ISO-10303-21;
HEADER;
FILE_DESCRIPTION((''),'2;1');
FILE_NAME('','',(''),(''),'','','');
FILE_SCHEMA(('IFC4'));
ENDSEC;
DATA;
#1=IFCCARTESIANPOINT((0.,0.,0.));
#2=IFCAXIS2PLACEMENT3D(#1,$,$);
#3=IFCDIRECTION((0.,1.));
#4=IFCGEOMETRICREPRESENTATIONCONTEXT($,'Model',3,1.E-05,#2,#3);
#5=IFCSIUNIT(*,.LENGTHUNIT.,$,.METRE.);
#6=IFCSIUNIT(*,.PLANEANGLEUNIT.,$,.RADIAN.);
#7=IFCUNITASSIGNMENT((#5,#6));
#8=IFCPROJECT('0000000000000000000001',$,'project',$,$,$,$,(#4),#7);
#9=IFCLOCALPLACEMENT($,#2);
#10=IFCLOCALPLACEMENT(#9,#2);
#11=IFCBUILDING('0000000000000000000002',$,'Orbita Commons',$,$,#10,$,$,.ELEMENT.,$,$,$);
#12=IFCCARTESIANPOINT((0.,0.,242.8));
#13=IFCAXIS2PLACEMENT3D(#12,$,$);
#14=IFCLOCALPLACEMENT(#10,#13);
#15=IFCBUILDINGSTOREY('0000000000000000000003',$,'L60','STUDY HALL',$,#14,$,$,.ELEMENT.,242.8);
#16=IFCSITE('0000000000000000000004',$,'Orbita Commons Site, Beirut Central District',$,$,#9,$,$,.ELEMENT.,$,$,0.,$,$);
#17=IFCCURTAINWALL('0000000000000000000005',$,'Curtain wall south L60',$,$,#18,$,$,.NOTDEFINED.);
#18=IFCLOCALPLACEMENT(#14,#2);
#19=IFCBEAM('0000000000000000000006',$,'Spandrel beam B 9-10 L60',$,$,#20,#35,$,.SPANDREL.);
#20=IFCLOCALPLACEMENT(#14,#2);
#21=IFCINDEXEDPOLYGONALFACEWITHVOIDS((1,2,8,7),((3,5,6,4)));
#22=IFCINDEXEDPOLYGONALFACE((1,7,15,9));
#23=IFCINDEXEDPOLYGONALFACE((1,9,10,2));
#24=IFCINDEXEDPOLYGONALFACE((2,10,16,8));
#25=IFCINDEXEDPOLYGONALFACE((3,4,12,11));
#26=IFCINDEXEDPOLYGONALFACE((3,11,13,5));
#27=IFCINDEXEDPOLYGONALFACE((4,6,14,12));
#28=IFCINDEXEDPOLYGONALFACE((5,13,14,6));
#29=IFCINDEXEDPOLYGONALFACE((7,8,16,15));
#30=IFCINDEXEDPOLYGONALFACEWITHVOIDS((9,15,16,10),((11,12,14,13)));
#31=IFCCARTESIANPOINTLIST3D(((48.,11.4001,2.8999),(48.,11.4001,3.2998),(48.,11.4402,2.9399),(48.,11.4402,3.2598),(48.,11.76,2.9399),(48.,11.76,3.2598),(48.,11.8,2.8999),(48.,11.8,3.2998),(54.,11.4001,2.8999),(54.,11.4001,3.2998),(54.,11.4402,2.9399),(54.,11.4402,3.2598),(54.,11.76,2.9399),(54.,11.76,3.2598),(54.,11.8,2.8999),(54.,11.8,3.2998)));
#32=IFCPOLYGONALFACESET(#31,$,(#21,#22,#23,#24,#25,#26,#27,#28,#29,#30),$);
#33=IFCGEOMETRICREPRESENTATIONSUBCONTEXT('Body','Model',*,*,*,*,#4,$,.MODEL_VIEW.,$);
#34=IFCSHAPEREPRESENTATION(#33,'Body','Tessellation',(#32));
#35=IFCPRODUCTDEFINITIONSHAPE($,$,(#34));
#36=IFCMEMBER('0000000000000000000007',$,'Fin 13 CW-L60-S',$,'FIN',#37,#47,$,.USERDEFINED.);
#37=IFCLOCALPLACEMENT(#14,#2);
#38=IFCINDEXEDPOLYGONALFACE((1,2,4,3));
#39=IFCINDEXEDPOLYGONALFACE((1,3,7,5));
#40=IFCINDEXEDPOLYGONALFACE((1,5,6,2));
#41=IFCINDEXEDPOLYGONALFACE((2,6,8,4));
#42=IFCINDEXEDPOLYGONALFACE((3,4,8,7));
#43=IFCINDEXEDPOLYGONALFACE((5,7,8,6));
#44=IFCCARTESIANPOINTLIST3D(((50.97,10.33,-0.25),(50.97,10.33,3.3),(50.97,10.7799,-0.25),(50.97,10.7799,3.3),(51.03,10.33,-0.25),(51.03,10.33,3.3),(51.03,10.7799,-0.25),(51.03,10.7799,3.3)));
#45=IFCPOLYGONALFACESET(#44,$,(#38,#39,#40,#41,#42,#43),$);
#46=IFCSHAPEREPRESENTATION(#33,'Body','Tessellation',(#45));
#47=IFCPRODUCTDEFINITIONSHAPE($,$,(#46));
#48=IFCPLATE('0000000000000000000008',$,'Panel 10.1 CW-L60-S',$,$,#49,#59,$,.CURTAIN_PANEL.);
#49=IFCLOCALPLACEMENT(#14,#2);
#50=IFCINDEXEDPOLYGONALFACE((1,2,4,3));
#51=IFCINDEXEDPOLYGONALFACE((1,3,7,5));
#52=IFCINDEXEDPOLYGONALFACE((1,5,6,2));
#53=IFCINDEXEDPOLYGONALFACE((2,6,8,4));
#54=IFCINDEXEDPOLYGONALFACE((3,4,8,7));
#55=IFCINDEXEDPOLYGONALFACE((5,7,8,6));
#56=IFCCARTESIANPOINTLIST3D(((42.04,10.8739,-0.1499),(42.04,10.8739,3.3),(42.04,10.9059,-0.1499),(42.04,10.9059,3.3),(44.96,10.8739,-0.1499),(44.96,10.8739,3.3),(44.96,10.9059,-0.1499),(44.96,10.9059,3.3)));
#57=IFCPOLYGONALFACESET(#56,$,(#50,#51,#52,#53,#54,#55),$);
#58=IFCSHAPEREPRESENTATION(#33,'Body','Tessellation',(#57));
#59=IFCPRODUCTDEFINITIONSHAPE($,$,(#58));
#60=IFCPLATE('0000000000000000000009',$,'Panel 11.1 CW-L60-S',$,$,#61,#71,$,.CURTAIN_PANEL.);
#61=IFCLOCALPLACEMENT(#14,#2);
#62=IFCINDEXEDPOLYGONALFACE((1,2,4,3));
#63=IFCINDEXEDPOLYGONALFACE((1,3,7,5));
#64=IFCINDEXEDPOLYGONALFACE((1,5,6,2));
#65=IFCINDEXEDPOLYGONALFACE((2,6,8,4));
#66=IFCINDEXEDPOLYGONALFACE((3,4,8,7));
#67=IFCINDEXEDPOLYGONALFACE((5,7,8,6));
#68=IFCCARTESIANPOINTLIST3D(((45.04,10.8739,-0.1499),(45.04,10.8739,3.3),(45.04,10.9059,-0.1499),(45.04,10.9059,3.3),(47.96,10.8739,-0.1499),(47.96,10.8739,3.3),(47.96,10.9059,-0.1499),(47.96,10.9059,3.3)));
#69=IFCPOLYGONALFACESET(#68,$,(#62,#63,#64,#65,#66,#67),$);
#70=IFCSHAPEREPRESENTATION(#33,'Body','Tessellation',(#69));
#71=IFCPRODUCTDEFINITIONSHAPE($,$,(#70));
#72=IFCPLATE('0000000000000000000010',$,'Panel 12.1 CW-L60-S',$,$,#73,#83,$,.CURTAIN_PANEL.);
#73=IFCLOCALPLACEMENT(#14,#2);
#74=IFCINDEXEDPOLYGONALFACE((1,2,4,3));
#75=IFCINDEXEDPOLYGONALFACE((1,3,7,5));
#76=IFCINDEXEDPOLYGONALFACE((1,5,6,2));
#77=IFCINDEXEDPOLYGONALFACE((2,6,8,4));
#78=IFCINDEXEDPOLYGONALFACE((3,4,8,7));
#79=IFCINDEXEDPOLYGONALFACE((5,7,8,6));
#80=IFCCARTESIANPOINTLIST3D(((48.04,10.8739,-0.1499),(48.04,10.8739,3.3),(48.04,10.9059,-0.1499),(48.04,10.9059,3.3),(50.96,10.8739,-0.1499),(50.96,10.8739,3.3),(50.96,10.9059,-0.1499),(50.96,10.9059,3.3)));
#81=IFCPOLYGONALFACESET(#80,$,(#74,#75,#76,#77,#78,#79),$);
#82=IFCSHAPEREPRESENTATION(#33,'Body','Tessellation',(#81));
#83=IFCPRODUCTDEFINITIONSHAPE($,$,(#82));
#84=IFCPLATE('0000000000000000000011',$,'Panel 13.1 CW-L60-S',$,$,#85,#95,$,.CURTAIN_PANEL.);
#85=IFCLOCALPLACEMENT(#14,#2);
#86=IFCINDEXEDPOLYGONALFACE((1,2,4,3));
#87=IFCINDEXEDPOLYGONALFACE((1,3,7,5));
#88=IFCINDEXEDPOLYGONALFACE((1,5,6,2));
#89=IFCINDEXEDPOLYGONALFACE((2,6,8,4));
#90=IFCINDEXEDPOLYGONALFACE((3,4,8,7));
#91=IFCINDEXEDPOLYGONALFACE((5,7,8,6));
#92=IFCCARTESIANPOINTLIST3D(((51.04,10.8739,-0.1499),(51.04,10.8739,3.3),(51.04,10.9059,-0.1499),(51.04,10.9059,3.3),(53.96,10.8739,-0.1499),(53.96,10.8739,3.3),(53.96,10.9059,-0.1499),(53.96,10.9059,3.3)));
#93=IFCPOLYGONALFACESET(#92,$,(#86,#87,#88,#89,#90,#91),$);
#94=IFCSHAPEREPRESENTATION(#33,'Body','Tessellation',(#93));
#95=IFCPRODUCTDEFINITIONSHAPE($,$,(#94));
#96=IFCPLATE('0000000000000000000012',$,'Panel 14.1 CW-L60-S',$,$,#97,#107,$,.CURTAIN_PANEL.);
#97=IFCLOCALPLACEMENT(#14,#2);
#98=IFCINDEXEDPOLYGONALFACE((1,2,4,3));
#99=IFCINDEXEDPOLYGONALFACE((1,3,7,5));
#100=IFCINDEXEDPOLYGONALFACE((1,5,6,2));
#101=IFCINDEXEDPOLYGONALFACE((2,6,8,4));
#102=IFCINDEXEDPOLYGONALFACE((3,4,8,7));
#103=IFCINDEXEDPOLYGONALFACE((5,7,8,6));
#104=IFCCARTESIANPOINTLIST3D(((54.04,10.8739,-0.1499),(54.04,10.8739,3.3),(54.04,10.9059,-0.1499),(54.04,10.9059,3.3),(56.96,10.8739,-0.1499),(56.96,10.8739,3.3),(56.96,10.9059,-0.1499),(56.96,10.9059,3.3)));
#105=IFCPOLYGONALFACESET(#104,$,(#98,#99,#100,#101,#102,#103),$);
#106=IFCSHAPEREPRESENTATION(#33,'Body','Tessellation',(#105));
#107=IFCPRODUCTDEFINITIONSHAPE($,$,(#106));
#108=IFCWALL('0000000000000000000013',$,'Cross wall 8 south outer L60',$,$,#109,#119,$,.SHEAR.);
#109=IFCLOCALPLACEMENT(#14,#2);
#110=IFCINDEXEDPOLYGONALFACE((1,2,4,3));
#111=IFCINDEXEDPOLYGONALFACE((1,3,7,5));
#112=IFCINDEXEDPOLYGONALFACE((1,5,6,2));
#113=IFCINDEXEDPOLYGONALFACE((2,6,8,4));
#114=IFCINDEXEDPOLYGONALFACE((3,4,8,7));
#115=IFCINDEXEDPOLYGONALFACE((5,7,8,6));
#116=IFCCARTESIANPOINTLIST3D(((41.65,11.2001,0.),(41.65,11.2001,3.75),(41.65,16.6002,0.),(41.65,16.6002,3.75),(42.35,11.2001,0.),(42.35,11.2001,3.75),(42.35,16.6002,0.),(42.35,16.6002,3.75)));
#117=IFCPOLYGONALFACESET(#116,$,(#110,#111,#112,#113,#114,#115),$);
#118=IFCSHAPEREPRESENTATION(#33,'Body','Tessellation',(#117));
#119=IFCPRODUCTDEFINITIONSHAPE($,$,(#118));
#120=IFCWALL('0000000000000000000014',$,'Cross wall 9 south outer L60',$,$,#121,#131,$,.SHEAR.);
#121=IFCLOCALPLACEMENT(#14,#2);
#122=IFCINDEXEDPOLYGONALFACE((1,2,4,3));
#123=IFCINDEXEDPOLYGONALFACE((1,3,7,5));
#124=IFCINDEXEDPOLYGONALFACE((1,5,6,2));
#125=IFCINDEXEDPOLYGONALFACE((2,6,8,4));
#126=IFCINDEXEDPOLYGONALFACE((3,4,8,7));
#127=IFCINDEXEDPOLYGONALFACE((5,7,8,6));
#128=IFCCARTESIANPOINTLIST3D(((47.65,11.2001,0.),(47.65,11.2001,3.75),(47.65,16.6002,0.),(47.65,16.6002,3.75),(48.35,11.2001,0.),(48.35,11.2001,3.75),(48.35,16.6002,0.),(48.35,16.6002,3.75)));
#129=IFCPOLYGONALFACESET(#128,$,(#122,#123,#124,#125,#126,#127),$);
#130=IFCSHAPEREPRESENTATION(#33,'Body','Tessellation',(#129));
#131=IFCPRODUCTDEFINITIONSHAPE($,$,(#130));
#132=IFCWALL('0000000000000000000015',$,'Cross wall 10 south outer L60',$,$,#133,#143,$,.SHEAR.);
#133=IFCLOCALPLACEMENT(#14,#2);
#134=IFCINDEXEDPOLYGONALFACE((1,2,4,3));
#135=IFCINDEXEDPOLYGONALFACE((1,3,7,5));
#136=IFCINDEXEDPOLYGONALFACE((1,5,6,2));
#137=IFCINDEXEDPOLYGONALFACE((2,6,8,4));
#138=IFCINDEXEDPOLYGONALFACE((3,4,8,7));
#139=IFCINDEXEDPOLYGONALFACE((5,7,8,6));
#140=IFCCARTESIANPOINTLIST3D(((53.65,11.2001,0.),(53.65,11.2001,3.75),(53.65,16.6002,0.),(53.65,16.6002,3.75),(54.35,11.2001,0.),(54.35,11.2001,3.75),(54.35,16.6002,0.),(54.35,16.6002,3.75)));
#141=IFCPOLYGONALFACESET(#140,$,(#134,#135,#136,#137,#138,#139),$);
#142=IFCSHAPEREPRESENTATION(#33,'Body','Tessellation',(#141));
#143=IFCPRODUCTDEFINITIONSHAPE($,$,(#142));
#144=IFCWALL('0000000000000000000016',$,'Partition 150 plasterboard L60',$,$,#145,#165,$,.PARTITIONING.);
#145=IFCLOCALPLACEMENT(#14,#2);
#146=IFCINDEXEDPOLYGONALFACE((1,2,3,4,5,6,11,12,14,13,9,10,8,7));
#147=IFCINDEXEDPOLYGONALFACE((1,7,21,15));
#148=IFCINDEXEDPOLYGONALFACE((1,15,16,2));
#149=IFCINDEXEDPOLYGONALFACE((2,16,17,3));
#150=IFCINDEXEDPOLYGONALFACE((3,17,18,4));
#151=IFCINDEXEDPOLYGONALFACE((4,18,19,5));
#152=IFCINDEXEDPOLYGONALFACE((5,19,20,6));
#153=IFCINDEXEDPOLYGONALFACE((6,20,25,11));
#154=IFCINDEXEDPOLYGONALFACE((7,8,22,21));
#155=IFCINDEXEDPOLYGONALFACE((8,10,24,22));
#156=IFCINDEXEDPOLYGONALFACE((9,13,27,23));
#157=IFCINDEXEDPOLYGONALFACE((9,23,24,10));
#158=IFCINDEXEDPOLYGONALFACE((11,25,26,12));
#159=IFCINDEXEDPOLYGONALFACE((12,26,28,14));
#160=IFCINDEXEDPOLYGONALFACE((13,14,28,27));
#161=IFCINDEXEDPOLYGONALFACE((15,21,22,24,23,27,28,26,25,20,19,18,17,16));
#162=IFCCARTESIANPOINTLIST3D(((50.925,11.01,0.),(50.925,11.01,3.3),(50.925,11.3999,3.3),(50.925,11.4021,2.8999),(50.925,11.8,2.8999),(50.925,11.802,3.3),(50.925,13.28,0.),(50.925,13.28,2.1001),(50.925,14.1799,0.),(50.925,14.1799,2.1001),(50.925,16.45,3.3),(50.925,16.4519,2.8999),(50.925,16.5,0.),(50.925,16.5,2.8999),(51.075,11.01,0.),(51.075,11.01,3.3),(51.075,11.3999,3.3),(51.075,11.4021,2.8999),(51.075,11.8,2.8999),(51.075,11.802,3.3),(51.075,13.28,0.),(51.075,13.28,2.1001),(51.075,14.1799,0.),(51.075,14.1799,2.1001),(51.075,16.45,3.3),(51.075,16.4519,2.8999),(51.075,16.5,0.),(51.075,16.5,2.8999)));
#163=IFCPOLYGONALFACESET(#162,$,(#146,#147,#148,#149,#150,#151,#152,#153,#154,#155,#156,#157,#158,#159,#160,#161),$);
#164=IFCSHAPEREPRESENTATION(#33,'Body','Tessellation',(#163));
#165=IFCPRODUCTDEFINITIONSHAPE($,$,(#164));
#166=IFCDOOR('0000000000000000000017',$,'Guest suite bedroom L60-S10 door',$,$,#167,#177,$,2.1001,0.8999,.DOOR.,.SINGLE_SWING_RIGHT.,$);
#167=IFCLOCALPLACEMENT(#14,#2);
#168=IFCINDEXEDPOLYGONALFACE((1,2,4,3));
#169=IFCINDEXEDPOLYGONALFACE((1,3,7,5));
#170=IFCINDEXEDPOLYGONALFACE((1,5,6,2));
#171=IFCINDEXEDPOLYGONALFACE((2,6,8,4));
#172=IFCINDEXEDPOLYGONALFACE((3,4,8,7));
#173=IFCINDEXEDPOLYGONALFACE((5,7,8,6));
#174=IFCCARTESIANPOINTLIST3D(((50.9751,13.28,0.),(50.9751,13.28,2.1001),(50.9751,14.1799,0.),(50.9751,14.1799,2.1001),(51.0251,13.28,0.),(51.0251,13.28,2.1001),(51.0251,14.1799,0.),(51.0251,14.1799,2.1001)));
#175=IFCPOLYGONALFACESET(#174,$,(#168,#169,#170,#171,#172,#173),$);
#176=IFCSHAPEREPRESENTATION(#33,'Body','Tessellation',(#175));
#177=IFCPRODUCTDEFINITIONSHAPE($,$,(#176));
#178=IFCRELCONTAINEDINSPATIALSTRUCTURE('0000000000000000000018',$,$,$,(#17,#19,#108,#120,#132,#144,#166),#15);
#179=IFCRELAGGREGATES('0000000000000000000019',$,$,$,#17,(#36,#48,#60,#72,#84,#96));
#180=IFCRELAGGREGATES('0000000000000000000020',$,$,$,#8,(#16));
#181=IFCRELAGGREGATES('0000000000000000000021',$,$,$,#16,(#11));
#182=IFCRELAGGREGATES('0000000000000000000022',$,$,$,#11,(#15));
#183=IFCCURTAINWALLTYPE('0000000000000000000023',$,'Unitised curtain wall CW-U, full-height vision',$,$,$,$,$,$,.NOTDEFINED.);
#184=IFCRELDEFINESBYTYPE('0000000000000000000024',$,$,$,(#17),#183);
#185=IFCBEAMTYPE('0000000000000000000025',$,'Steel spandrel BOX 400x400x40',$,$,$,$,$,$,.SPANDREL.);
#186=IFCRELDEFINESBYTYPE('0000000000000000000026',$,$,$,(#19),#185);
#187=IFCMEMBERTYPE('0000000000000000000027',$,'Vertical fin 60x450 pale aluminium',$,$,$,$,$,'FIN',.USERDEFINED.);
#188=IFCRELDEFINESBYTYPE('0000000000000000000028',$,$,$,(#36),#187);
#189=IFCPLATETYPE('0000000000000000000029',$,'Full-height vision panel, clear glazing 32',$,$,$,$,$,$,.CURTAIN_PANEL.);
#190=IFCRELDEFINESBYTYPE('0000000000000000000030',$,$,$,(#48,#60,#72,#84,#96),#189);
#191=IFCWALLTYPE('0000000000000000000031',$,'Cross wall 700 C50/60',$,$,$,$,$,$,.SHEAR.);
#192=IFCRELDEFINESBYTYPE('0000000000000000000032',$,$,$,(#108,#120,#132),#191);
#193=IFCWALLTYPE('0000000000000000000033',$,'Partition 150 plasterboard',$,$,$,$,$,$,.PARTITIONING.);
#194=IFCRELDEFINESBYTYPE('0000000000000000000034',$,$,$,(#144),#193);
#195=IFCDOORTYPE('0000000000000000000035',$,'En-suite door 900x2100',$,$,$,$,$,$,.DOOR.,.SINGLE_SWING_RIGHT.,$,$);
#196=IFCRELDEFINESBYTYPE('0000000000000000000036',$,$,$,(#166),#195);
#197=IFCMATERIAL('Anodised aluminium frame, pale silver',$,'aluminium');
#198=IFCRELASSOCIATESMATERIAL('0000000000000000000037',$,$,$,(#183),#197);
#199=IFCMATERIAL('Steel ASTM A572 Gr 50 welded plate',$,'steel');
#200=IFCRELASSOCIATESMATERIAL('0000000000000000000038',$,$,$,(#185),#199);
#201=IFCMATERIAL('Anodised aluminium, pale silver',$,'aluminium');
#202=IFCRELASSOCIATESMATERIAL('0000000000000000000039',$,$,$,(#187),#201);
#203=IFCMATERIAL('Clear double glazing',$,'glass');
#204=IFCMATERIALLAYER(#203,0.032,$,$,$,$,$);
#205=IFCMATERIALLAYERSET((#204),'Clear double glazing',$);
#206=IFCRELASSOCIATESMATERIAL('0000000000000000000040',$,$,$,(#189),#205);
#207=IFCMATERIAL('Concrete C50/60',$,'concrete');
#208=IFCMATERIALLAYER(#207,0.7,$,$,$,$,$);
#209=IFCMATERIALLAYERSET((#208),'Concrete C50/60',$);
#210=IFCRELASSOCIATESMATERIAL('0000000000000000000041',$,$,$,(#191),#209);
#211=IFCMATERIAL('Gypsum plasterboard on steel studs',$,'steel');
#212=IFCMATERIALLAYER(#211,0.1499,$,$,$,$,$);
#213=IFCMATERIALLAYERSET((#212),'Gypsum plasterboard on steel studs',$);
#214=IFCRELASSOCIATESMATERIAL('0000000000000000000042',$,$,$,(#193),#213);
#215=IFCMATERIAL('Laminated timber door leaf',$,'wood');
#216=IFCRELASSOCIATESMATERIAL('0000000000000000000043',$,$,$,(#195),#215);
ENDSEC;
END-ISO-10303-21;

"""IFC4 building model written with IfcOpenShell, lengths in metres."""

from ifc_helpers import new_model, si_unit, direction, frame, frame_2d, origin, origin_2d, place, context, subcontext, project, spatial, polyline, rectangle, hollow_rectangle, outline, extrude, material, layer, layer_set, material_profile, profile_set, type_object, element, fill, aggregate, save


model = new_model("IFC4")

# Units and contexts
model_context = context("Model", 3, precision=1e-05, world=origin(), true_north=direction((0.0, 1.0)))
body_context = subcontext(model_context, "Body", "Model", "MODEL_VIEW")
ifc_project = project(units=[si_unit("LENGTHUNIT", "METRE"), si_unit("PLANEANGLEUNIT", "RADIAN")], contexts=[model_context])

# Site, building, storey
site_placement = place(None, origin())
site = spatial("IfcSite", under=ifc_project, at=site_placement, Name="Orbita Commons Site, Beirut Central District", CompositionType="ELEMENT", RefElevation=0.0)
building_placement = place(site_placement, origin())
building = spatial("IfcBuilding", under=site, at=building_placement, Name="Orbita Commons", CompositionType="ELEMENT")
storey_placement = place(building_placement, frame((0.0, 0.0, 242.8)))
storey = spatial("IfcBuildingStorey", under=building, at=storey_placement, Name="L60", Description="STUDY HALL", CompositionType="ELEMENT", Elevation=242.8)

# Curtain wall
ifc_material_1 = material(Name="Anodised aluminium frame, pale silver", Category="aluminium")
curtain_wall_type = type_object("IfcCurtainWallType", Name="Unitised curtain wall CW-U, full-height vision", PredefinedType="NOTDEFINED", material=ifc_material_1)
curtain_wall_placement = place(storey_placement, origin())
curtain_wall = element("IfcCurtainWall", 1, at=curtain_wall_placement, inside=storey, type_object=curtain_wall_type, Name="Curtain wall south L60", PredefinedType="NOTDEFINED")

# Beam
ifc_material_2 = material(Name="Steel ASTM A572 Gr 50 welded plate", Category="steel")
ifc_material_profile_1 = material_profile(ifc_material_2, hollow_rectangle(XDim=0.3999, YDim=0.3999, WallThickness=0.04, at=origin_2d()), Name="BOX 400x400x40")
ifc_profile_set_1 = profile_set([ifc_material_profile_1], Name="Steel ASTM A572 Gr 50 welded plate")
beam_type = type_object("IfcBeamType", Name="Steel spandrel BOX 400x400x40", PredefinedType="SPANDREL", material=ifc_profile_set_1)
for number, where, z_axis, x_axis, name in (
    (2, (48.0, 11.6001, 3.0999), (1.0, 0.0, 0.0), (0.0, 1.0, 0.0), "Spandrel beam B 9-10 L60"),
):
    element("IfcBeam", number, at=place(storey_placement, frame(where, z_axis=z_axis, x_axis=x_axis)), inside=storey, type_object=beam_type, Name=name, PredefinedType="SPANDREL", context=body_context, shape_type="SweptSolid", body=[
        extrude(hollow_rectangle(XDim=0.3999, YDim=0.3999, WallThickness=0.04, at=origin_2d()), origin(), (0.0, 0.0, 1.0), 6.0),
    ])

# Member
ifc_material_3 = material(Name="Anodised aluminium, pale silver", Category="aluminium")
ifc_material_profile_2 = material_profile(ifc_material_3, rectangle(XDim=0.0601, YDim=0.45, at=origin_2d()), Name="FIN 60x450")
ifc_profile_set_2 = profile_set([ifc_material_profile_2], Name="Anodised aluminium, pale silver")
member_type_1 = type_object("IfcMemberType", Name="Vertical fin 60x450 pale aluminium", ElementType="FIN", PredefinedType="USERDEFINED", material=ifc_profile_set_2)
member_1_placement = place(storey_placement, frame((51.0, 10.5549, -0.25), z_axis=(0.0, 0.0, 1.0), x_axis=(1.0, 0.0, 0.0)))
member_1 = element("IfcMember", 3, at=member_1_placement, type_object=member_type_1, Name="Fin 13 CW-L60-S", ObjectType="FIN", PredefinedType="USERDEFINED", context=body_context, shape_type="SweptSolid", body=[
    extrude(rectangle(XDim=0.0601, YDim=0.45, at=origin_2d()), origin(), (0.0, 0.0, 1.0), 3.55),
])

# Plates
ifc_material_4 = material(Name="Clear double glazing", Category="glass")
ifc_layer_1 = layer(ifc_material_4, 0.032)
ifc_layer_set_1 = layer_set([ifc_layer_1], Name="Clear double glazing")
plate_type = type_object("IfcPlateType", Name="Full-height vision panel, clear glazing 32", PredefinedType="CURTAIN_PANEL", material=ifc_layer_set_1)
plate_1_placement = place(storey_placement, frame((43.5, 10.8899, -0.1499), z_axis=(0.0, 0.0, 1.0), x_axis=(1.0, 0.0, 0.0)))
plate_1 = element("IfcPlate", 4, at=plate_1_placement, type_object=plate_type, Name="Panel 10.1 CW-L60-S", PredefinedType="CURTAIN_PANEL", context=body_context, shape_type="SweptSolid", body=[
    extrude(rectangle(XDim=2.9199, YDim=0.032, at=origin_2d()), origin(), (0.0, 0.0, 1.0), 3.45),
])
plate_2_placement = place(storey_placement, frame((46.5, 10.8899, -0.1499), z_axis=(0.0, 0.0, 1.0), x_axis=(1.0, 0.0, 0.0)))
plate_2 = element("IfcPlate", 5, at=plate_2_placement, type_object=plate_type, Name="Panel 11.1 CW-L60-S", PredefinedType="CURTAIN_PANEL", context=body_context, shape_type="SweptSolid", body=[
    extrude(rectangle(XDim=2.9199, YDim=0.032, at=origin_2d()), origin(), (0.0, 0.0, 1.0), 3.45),
])
plate_3_placement = place(storey_placement, frame((49.5, 10.8899, -0.1499), z_axis=(0.0, 0.0, 1.0), x_axis=(1.0, 0.0, 0.0)))
plate_3 = element("IfcPlate", 6, at=plate_3_placement, type_object=plate_type, Name="Panel 12.1 CW-L60-S", PredefinedType="CURTAIN_PANEL", context=body_context, shape_type="SweptSolid", body=[
    extrude(rectangle(XDim=2.9199, YDim=0.032, at=origin_2d()), origin(), (0.0, 0.0, 1.0), 3.45),
])
plate_4_placement = place(storey_placement, frame((52.5, 10.8899, -0.1499), z_axis=(0.0, 0.0, 1.0), x_axis=(1.0, 0.0, 0.0)))
plate_4 = element("IfcPlate", 7, at=plate_4_placement, type_object=plate_type, Name="Panel 13.1 CW-L60-S", PredefinedType="CURTAIN_PANEL", context=body_context, shape_type="SweptSolid", body=[
    extrude(rectangle(XDim=2.9199, YDim=0.032, at=origin_2d()), origin(), (0.0, 0.0, 1.0), 3.45),
])
plate_5_placement = place(storey_placement, frame((55.5, 10.8899, -0.1499), z_axis=(0.0, 0.0, 1.0), x_axis=(1.0, 0.0, 0.0)))
plate_5 = element("IfcPlate", 8, at=plate_5_placement, type_object=plate_type, Name="Panel 14.1 CW-L60-S", PredefinedType="CURTAIN_PANEL", context=body_context, shape_type="SweptSolid", body=[
    extrude(rectangle(XDim=2.9199, YDim=0.032, at=origin_2d()), origin(), (0.0, 0.0, 1.0), 3.45),
])
aggregate(curtain_wall, [member_1, plate_1, plate_2, plate_3, plate_4, plate_5])

# Walls
ifc_material_5 = material(Name="Concrete C50/60", Category="concrete")
ifc_layer_2 = layer(ifc_material_5, 0.7)
ifc_layer_set_2 = layer_set([ifc_layer_2], Name="Concrete C50/60")
wall_type_1 = type_object("IfcWallType", Name="Cross wall 700 C50/60", PredefinedType="SHEAR", material=ifc_layer_set_2)
for number, where, z_axis, x_axis, name in (
    (9, (42.0, 11.2, 0.0), (0.0, 0.0, 1.0), (0.0, 1.0, 0.0), "Cross wall 8 south outer L60"),
    (10, (48.0, 11.2, 0.0), (0.0, 0.0, 1.0), (0.0, 1.0, 0.0), "Cross wall 9 south outer L60"),
    (11, (54.0, 11.2, 0.0), (0.0, 0.0, 1.0), (0.0, 1.0, 0.0), "Cross wall 10 south outer L60"),
):
    element("IfcWall", number, at=place(storey_placement, frame(where, z_axis=z_axis, x_axis=x_axis)), inside=storey, type_object=wall_type_1, Name=name, PredefinedType="SHEAR", context=body_context, shape_type="SweptSolid", body=[
        extrude(rectangle(XDim=5.4001, YDim=0.7, at=frame_2d((2.7002, 0.0))), origin(), (0.0, 0.0, 1.0), 3.75),
    ])

# Wall, opening, door
ifc_material_6 = material(Name="Gypsum plasterboard on steel studs", Category="steel")
ifc_layer_3 = layer(ifc_material_6, 0.1499)
ifc_layer_set_3 = layer_set([ifc_layer_3], Name="Gypsum plasterboard on steel studs")
wall_type_2 = type_object("IfcWallType", Name="Partition 150 plasterboard", PredefinedType="PARTITIONING", material=ifc_layer_set_3)
wall_placement = place(storey_placement, frame((51.0, 11.01, 0.0), z_axis=(0.0, 0.0, 1.0), x_axis=(0.0, 1.0, 0.0)))
wall = element("IfcWall", 12, at=wall_placement, inside=storey, type_object=wall_type_2, Name="Partition 150 plasterboard L60", PredefinedType="PARTITIONING", context=body_context, shape_type="SweptSolid", body=[
    extrude(outline(polyline([(0.0, 0.0), (5.49, 0.0), (5.49, 2.8999), (5.4419, 2.8999), (5.4399, 3.3), (0.792, 3.3), (0.79, 2.8999), (0.3921, 2.8999), (0.3899, 3.3), (0.0, 3.3), (0.0, 0.0)])), frame((0.0, 0.075, 0.0), z_axis=(0.0, -1.0, 0.0), x_axis=(1.0, 0.0, 0.0)), (0.0, 0.0, 1.0), 0.1499),
])
opening_placement = place(wall_placement, frame((2.27, 0.0, 0.0)))
opening = element("IfcOpeningElement", 13, at=opening_placement, cuts=wall, PredefinedType="OPENING", context=body_context, shape_type="SweptSolid", body=[
    extrude(rectangle(XDim=0.8999, YDim=2.1001, at=frame_2d((0.45, 1.05))), frame((0.0, 0.085, 0.0), z_axis=(0.0, -1.0, 0.0), x_axis=(1.0, 0.0, 0.0)), (0.0, 0.0, 1.0), 0.1699),
])
ifc_material_7 = material(Name="Laminated timber door leaf", Category="wood")
door_type = type_object("IfcDoorType", Name="En-suite door 900x2100", OperationType="SINGLE_SWING_RIGHT", PredefinedType="DOOR", material=ifc_material_7)
door_placement = place(opening_placement, origin())
door = element("IfcDoor", 14, at=door_placement, inside=storey, type_object=door_type, Name="Guest suite bedroom L60-S10 door", OperationType="SINGLE_SWING_RIGHT", OverallHeight=2.1001, OverallWidth=0.8999, PredefinedType="DOOR", context=body_context, shape_type="SweptSolid", body=[
    extrude(rectangle(XDim=0.8999, YDim=2.1001, at=frame_2d((0.45, 1.05))), frame((0.0, 0.0249, 0.0), z_axis=(0.0, -1.0, 0.0), x_axis=(1.0, 0.0, 0.0)), (0.0, 0.0, 1.0), 0.05),
])
fill(opening, door)

save(model, "model.ifc")
